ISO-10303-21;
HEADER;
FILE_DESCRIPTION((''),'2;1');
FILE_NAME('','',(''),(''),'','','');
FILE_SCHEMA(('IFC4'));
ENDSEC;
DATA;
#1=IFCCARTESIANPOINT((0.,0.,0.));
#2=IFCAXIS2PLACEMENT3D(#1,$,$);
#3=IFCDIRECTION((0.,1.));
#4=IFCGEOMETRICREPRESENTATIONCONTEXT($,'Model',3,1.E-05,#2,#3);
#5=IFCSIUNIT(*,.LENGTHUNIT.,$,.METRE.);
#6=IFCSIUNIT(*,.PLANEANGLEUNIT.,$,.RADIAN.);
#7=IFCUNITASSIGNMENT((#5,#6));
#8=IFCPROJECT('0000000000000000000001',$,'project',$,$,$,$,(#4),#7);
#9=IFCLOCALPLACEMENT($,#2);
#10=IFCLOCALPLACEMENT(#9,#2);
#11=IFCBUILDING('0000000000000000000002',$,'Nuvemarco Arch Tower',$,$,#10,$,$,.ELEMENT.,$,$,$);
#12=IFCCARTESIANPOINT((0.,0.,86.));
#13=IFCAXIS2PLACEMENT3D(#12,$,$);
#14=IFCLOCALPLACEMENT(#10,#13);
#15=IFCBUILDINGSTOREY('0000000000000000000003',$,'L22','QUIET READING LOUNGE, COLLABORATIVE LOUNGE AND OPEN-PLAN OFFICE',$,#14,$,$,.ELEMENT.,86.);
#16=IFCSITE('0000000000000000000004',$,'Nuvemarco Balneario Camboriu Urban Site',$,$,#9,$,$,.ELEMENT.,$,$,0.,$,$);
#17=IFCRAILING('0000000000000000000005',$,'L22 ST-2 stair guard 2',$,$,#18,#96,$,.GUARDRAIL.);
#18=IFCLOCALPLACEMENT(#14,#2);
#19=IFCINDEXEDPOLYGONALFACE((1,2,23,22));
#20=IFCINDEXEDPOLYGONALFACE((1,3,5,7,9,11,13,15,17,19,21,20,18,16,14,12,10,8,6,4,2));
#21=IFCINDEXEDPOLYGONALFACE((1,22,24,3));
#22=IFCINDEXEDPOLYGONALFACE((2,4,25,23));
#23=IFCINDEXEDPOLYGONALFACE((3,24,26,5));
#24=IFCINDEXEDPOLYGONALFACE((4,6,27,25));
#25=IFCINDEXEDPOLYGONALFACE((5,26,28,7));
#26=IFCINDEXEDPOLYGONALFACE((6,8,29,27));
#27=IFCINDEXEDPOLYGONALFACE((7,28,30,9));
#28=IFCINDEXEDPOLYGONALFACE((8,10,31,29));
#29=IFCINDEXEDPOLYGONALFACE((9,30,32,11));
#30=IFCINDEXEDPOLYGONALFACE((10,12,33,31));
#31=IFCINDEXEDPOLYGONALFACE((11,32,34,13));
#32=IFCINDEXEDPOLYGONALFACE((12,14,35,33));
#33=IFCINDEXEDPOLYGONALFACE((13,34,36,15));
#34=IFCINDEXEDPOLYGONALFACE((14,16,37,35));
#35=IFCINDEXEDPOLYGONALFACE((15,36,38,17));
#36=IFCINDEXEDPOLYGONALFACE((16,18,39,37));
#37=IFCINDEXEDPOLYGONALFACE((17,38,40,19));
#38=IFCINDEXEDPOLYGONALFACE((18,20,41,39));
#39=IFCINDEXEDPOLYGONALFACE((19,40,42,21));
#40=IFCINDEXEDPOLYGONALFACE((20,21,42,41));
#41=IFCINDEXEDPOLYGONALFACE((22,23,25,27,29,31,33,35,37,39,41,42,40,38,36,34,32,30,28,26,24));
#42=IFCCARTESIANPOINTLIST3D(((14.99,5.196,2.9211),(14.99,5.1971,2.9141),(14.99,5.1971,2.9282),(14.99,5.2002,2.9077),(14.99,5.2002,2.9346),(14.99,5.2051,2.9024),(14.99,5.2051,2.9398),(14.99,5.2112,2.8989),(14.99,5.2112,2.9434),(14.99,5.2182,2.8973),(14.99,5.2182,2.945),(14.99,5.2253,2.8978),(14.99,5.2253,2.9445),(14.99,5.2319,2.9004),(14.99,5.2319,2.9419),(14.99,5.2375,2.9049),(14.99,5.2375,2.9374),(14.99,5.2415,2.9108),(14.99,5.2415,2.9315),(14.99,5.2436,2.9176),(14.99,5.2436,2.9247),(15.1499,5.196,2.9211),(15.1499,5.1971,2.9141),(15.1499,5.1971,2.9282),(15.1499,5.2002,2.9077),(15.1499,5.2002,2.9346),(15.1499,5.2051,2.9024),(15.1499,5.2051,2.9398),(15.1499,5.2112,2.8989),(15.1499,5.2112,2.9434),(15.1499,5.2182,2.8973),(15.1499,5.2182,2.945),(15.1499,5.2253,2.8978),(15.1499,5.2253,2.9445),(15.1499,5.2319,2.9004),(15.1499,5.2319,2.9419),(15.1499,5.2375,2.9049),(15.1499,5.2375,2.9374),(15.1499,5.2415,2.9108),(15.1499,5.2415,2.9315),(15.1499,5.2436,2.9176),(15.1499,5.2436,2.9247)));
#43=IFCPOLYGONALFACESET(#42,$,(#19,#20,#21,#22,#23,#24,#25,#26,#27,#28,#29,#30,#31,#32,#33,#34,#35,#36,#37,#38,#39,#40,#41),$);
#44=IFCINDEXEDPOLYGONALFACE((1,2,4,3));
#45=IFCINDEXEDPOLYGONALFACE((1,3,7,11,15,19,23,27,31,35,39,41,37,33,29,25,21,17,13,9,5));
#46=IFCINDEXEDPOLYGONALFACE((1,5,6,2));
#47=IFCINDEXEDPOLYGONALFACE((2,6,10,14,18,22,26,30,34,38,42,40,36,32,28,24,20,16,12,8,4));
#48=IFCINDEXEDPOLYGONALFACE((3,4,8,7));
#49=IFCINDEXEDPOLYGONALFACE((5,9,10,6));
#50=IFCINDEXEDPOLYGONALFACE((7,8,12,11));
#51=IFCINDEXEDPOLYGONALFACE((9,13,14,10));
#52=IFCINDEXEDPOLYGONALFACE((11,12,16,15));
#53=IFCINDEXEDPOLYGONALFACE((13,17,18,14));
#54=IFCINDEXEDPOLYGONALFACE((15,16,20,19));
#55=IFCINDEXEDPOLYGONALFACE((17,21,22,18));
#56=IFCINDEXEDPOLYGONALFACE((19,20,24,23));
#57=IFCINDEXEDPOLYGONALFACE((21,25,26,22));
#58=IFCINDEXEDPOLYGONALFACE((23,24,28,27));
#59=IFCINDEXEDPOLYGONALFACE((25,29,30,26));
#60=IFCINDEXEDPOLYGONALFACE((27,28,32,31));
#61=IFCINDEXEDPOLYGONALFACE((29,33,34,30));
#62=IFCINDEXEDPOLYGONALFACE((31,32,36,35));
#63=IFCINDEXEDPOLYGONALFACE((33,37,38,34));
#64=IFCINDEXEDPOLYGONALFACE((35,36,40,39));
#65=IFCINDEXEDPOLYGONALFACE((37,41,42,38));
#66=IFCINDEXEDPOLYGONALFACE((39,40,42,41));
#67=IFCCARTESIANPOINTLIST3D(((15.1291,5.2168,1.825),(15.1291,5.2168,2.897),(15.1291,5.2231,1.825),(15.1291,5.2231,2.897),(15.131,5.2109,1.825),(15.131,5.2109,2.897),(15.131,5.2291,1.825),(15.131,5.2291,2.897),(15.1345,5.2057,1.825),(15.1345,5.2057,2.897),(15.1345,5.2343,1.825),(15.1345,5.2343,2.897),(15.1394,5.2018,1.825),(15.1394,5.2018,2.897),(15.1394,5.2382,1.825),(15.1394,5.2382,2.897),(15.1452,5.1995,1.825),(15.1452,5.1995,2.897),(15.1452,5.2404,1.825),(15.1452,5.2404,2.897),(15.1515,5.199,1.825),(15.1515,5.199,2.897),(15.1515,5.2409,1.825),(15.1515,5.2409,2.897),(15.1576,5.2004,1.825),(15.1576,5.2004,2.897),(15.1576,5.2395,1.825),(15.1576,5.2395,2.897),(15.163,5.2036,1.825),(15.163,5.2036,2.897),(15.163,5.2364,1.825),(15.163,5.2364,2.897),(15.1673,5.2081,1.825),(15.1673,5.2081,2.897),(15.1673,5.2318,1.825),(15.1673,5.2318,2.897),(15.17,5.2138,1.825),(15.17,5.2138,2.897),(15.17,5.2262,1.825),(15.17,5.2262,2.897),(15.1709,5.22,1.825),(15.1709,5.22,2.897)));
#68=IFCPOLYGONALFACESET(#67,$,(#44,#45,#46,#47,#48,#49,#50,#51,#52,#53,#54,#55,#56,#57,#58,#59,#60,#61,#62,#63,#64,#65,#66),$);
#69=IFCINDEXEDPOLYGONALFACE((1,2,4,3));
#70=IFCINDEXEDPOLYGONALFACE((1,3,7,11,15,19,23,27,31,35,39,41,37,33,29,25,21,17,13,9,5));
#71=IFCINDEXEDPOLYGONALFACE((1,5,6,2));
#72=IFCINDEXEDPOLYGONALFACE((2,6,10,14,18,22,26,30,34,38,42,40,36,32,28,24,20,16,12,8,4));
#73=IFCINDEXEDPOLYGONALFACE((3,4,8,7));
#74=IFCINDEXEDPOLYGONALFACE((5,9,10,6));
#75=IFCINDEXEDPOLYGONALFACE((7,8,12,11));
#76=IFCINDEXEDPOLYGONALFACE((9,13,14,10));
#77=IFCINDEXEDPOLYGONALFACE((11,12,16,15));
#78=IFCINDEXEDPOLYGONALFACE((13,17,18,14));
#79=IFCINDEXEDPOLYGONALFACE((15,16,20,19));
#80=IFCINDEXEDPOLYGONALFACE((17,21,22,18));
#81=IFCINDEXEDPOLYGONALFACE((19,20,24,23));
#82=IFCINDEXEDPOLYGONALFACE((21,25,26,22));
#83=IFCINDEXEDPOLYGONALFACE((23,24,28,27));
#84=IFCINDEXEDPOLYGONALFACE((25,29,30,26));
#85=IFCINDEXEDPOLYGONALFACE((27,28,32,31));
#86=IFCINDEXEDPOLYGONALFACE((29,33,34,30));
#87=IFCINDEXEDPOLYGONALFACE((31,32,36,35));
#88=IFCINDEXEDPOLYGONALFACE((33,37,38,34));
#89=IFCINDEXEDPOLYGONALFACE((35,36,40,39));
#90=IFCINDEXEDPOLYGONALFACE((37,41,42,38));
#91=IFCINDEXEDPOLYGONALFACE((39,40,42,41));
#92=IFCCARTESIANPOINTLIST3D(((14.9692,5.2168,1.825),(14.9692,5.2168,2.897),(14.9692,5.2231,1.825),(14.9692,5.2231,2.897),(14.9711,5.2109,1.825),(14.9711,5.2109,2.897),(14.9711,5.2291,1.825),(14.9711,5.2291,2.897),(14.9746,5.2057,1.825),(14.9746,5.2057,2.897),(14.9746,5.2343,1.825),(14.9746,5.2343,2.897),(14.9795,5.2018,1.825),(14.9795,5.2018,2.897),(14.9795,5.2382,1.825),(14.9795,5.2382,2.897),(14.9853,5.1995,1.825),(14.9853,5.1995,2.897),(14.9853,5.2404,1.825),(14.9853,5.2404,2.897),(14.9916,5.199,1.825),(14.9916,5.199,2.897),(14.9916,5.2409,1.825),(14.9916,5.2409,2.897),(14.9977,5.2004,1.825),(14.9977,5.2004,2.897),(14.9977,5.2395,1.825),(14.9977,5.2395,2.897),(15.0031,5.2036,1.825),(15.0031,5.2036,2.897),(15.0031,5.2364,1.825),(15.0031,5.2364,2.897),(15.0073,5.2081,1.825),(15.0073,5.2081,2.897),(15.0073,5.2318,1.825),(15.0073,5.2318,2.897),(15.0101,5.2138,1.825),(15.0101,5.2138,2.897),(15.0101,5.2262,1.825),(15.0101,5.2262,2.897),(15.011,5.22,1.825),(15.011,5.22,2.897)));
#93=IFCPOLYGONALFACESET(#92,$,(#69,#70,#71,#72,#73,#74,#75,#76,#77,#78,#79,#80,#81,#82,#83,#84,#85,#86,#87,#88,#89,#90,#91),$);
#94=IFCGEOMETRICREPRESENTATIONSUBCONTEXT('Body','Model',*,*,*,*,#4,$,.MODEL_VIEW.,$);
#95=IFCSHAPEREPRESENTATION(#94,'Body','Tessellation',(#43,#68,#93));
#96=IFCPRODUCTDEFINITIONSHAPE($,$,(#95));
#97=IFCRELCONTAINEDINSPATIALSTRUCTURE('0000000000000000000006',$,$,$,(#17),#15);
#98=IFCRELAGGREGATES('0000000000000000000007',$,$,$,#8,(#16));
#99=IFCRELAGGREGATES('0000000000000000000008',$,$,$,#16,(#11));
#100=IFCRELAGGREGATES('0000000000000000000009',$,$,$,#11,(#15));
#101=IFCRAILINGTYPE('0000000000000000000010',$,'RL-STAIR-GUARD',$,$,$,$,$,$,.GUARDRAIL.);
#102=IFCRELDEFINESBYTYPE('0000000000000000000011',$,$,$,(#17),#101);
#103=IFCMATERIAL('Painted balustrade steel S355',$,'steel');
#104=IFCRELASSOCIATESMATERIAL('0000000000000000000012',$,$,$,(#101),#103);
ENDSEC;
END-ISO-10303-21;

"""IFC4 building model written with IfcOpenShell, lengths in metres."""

from ifc_helpers import new_model, si_unit, direction, frame, origin, origin_2d, place, context, subcontext, project, spatial, circle, extrude, material, type_object, element, save


model = new_model("IFC4")

# Units and contexts
model_context = context("Model", 3, precision=1e-05, world=origin(), true_north=direction((0.0, 1.0)))
body_context = subcontext(model_context, "Body", "Model", "MODEL_VIEW")
ifc_project = project(units=[si_unit("LENGTHUNIT", "METRE"), si_unit("PLANEANGLEUNIT", "RADIAN")], contexts=[model_context])

# Site, building, storey
site_placement = place(None, origin())
site = spatial("IfcSite", under=ifc_project, at=site_placement, Name="Nuvemarco Balneario Camboriu Urban Site", CompositionType="ELEMENT", RefElevation=0.0)
building_placement = place(site_placement, origin())
building = spatial("IfcBuilding", under=site, at=building_placement, Name="Nuvemarco Arch Tower", CompositionType="ELEMENT")
storey_placement = place(building_placement, frame((0.0, 0.0, 86.0)))
storey = spatial("IfcBuildingStorey", under=building, at=storey_placement, Name="L22", Description="QUIET READING LOUNGE, COLLABORATIVE LOUNGE AND OPEN-PLAN OFFICE", CompositionType="ELEMENT", Elevation=86.0)

# Railing
ifc_material_1 = material(Name="Painted balustrade steel S355", Category="steel")
railing_type_1 = type_object("IfcRailingType", Name="RL-STAIR-GUARD", PredefinedType="GUARDRAIL", material=ifc_material_1)
railing_1_placement = place(storey_placement, frame((15.1499, 5.22, 1.825)))
element("IfcRailing", 1, at=railing_1_placement, inside=storey, type_object=railing_type_1, Name="L22 ST-2 stair guard 2", PredefinedType="GUARDRAIL", context=body_context, shape_type="SweptSolid", body=[
    extrude(circle(Radius=0.0239, at=origin_2d()), frame((0.0, 0.0, 1.0962), z_axis=(-1.0, 0.0, 0.0), x_axis=(0.0, -1.0, 0.0)), (0.0, 0.0, 1.0), 0.1599),
    extrude(circle(Radius=0.021, at=origin_2d()), origin(), (0.0, 0.0, 1.0), 1.072),
    extrude(circle(Radius=0.021, at=origin_2d()), frame((-0.1599, 0.0, 0.0)), (0.0, 0.0, 1.0), 1.072),
])

save(model, "model.ifc")
